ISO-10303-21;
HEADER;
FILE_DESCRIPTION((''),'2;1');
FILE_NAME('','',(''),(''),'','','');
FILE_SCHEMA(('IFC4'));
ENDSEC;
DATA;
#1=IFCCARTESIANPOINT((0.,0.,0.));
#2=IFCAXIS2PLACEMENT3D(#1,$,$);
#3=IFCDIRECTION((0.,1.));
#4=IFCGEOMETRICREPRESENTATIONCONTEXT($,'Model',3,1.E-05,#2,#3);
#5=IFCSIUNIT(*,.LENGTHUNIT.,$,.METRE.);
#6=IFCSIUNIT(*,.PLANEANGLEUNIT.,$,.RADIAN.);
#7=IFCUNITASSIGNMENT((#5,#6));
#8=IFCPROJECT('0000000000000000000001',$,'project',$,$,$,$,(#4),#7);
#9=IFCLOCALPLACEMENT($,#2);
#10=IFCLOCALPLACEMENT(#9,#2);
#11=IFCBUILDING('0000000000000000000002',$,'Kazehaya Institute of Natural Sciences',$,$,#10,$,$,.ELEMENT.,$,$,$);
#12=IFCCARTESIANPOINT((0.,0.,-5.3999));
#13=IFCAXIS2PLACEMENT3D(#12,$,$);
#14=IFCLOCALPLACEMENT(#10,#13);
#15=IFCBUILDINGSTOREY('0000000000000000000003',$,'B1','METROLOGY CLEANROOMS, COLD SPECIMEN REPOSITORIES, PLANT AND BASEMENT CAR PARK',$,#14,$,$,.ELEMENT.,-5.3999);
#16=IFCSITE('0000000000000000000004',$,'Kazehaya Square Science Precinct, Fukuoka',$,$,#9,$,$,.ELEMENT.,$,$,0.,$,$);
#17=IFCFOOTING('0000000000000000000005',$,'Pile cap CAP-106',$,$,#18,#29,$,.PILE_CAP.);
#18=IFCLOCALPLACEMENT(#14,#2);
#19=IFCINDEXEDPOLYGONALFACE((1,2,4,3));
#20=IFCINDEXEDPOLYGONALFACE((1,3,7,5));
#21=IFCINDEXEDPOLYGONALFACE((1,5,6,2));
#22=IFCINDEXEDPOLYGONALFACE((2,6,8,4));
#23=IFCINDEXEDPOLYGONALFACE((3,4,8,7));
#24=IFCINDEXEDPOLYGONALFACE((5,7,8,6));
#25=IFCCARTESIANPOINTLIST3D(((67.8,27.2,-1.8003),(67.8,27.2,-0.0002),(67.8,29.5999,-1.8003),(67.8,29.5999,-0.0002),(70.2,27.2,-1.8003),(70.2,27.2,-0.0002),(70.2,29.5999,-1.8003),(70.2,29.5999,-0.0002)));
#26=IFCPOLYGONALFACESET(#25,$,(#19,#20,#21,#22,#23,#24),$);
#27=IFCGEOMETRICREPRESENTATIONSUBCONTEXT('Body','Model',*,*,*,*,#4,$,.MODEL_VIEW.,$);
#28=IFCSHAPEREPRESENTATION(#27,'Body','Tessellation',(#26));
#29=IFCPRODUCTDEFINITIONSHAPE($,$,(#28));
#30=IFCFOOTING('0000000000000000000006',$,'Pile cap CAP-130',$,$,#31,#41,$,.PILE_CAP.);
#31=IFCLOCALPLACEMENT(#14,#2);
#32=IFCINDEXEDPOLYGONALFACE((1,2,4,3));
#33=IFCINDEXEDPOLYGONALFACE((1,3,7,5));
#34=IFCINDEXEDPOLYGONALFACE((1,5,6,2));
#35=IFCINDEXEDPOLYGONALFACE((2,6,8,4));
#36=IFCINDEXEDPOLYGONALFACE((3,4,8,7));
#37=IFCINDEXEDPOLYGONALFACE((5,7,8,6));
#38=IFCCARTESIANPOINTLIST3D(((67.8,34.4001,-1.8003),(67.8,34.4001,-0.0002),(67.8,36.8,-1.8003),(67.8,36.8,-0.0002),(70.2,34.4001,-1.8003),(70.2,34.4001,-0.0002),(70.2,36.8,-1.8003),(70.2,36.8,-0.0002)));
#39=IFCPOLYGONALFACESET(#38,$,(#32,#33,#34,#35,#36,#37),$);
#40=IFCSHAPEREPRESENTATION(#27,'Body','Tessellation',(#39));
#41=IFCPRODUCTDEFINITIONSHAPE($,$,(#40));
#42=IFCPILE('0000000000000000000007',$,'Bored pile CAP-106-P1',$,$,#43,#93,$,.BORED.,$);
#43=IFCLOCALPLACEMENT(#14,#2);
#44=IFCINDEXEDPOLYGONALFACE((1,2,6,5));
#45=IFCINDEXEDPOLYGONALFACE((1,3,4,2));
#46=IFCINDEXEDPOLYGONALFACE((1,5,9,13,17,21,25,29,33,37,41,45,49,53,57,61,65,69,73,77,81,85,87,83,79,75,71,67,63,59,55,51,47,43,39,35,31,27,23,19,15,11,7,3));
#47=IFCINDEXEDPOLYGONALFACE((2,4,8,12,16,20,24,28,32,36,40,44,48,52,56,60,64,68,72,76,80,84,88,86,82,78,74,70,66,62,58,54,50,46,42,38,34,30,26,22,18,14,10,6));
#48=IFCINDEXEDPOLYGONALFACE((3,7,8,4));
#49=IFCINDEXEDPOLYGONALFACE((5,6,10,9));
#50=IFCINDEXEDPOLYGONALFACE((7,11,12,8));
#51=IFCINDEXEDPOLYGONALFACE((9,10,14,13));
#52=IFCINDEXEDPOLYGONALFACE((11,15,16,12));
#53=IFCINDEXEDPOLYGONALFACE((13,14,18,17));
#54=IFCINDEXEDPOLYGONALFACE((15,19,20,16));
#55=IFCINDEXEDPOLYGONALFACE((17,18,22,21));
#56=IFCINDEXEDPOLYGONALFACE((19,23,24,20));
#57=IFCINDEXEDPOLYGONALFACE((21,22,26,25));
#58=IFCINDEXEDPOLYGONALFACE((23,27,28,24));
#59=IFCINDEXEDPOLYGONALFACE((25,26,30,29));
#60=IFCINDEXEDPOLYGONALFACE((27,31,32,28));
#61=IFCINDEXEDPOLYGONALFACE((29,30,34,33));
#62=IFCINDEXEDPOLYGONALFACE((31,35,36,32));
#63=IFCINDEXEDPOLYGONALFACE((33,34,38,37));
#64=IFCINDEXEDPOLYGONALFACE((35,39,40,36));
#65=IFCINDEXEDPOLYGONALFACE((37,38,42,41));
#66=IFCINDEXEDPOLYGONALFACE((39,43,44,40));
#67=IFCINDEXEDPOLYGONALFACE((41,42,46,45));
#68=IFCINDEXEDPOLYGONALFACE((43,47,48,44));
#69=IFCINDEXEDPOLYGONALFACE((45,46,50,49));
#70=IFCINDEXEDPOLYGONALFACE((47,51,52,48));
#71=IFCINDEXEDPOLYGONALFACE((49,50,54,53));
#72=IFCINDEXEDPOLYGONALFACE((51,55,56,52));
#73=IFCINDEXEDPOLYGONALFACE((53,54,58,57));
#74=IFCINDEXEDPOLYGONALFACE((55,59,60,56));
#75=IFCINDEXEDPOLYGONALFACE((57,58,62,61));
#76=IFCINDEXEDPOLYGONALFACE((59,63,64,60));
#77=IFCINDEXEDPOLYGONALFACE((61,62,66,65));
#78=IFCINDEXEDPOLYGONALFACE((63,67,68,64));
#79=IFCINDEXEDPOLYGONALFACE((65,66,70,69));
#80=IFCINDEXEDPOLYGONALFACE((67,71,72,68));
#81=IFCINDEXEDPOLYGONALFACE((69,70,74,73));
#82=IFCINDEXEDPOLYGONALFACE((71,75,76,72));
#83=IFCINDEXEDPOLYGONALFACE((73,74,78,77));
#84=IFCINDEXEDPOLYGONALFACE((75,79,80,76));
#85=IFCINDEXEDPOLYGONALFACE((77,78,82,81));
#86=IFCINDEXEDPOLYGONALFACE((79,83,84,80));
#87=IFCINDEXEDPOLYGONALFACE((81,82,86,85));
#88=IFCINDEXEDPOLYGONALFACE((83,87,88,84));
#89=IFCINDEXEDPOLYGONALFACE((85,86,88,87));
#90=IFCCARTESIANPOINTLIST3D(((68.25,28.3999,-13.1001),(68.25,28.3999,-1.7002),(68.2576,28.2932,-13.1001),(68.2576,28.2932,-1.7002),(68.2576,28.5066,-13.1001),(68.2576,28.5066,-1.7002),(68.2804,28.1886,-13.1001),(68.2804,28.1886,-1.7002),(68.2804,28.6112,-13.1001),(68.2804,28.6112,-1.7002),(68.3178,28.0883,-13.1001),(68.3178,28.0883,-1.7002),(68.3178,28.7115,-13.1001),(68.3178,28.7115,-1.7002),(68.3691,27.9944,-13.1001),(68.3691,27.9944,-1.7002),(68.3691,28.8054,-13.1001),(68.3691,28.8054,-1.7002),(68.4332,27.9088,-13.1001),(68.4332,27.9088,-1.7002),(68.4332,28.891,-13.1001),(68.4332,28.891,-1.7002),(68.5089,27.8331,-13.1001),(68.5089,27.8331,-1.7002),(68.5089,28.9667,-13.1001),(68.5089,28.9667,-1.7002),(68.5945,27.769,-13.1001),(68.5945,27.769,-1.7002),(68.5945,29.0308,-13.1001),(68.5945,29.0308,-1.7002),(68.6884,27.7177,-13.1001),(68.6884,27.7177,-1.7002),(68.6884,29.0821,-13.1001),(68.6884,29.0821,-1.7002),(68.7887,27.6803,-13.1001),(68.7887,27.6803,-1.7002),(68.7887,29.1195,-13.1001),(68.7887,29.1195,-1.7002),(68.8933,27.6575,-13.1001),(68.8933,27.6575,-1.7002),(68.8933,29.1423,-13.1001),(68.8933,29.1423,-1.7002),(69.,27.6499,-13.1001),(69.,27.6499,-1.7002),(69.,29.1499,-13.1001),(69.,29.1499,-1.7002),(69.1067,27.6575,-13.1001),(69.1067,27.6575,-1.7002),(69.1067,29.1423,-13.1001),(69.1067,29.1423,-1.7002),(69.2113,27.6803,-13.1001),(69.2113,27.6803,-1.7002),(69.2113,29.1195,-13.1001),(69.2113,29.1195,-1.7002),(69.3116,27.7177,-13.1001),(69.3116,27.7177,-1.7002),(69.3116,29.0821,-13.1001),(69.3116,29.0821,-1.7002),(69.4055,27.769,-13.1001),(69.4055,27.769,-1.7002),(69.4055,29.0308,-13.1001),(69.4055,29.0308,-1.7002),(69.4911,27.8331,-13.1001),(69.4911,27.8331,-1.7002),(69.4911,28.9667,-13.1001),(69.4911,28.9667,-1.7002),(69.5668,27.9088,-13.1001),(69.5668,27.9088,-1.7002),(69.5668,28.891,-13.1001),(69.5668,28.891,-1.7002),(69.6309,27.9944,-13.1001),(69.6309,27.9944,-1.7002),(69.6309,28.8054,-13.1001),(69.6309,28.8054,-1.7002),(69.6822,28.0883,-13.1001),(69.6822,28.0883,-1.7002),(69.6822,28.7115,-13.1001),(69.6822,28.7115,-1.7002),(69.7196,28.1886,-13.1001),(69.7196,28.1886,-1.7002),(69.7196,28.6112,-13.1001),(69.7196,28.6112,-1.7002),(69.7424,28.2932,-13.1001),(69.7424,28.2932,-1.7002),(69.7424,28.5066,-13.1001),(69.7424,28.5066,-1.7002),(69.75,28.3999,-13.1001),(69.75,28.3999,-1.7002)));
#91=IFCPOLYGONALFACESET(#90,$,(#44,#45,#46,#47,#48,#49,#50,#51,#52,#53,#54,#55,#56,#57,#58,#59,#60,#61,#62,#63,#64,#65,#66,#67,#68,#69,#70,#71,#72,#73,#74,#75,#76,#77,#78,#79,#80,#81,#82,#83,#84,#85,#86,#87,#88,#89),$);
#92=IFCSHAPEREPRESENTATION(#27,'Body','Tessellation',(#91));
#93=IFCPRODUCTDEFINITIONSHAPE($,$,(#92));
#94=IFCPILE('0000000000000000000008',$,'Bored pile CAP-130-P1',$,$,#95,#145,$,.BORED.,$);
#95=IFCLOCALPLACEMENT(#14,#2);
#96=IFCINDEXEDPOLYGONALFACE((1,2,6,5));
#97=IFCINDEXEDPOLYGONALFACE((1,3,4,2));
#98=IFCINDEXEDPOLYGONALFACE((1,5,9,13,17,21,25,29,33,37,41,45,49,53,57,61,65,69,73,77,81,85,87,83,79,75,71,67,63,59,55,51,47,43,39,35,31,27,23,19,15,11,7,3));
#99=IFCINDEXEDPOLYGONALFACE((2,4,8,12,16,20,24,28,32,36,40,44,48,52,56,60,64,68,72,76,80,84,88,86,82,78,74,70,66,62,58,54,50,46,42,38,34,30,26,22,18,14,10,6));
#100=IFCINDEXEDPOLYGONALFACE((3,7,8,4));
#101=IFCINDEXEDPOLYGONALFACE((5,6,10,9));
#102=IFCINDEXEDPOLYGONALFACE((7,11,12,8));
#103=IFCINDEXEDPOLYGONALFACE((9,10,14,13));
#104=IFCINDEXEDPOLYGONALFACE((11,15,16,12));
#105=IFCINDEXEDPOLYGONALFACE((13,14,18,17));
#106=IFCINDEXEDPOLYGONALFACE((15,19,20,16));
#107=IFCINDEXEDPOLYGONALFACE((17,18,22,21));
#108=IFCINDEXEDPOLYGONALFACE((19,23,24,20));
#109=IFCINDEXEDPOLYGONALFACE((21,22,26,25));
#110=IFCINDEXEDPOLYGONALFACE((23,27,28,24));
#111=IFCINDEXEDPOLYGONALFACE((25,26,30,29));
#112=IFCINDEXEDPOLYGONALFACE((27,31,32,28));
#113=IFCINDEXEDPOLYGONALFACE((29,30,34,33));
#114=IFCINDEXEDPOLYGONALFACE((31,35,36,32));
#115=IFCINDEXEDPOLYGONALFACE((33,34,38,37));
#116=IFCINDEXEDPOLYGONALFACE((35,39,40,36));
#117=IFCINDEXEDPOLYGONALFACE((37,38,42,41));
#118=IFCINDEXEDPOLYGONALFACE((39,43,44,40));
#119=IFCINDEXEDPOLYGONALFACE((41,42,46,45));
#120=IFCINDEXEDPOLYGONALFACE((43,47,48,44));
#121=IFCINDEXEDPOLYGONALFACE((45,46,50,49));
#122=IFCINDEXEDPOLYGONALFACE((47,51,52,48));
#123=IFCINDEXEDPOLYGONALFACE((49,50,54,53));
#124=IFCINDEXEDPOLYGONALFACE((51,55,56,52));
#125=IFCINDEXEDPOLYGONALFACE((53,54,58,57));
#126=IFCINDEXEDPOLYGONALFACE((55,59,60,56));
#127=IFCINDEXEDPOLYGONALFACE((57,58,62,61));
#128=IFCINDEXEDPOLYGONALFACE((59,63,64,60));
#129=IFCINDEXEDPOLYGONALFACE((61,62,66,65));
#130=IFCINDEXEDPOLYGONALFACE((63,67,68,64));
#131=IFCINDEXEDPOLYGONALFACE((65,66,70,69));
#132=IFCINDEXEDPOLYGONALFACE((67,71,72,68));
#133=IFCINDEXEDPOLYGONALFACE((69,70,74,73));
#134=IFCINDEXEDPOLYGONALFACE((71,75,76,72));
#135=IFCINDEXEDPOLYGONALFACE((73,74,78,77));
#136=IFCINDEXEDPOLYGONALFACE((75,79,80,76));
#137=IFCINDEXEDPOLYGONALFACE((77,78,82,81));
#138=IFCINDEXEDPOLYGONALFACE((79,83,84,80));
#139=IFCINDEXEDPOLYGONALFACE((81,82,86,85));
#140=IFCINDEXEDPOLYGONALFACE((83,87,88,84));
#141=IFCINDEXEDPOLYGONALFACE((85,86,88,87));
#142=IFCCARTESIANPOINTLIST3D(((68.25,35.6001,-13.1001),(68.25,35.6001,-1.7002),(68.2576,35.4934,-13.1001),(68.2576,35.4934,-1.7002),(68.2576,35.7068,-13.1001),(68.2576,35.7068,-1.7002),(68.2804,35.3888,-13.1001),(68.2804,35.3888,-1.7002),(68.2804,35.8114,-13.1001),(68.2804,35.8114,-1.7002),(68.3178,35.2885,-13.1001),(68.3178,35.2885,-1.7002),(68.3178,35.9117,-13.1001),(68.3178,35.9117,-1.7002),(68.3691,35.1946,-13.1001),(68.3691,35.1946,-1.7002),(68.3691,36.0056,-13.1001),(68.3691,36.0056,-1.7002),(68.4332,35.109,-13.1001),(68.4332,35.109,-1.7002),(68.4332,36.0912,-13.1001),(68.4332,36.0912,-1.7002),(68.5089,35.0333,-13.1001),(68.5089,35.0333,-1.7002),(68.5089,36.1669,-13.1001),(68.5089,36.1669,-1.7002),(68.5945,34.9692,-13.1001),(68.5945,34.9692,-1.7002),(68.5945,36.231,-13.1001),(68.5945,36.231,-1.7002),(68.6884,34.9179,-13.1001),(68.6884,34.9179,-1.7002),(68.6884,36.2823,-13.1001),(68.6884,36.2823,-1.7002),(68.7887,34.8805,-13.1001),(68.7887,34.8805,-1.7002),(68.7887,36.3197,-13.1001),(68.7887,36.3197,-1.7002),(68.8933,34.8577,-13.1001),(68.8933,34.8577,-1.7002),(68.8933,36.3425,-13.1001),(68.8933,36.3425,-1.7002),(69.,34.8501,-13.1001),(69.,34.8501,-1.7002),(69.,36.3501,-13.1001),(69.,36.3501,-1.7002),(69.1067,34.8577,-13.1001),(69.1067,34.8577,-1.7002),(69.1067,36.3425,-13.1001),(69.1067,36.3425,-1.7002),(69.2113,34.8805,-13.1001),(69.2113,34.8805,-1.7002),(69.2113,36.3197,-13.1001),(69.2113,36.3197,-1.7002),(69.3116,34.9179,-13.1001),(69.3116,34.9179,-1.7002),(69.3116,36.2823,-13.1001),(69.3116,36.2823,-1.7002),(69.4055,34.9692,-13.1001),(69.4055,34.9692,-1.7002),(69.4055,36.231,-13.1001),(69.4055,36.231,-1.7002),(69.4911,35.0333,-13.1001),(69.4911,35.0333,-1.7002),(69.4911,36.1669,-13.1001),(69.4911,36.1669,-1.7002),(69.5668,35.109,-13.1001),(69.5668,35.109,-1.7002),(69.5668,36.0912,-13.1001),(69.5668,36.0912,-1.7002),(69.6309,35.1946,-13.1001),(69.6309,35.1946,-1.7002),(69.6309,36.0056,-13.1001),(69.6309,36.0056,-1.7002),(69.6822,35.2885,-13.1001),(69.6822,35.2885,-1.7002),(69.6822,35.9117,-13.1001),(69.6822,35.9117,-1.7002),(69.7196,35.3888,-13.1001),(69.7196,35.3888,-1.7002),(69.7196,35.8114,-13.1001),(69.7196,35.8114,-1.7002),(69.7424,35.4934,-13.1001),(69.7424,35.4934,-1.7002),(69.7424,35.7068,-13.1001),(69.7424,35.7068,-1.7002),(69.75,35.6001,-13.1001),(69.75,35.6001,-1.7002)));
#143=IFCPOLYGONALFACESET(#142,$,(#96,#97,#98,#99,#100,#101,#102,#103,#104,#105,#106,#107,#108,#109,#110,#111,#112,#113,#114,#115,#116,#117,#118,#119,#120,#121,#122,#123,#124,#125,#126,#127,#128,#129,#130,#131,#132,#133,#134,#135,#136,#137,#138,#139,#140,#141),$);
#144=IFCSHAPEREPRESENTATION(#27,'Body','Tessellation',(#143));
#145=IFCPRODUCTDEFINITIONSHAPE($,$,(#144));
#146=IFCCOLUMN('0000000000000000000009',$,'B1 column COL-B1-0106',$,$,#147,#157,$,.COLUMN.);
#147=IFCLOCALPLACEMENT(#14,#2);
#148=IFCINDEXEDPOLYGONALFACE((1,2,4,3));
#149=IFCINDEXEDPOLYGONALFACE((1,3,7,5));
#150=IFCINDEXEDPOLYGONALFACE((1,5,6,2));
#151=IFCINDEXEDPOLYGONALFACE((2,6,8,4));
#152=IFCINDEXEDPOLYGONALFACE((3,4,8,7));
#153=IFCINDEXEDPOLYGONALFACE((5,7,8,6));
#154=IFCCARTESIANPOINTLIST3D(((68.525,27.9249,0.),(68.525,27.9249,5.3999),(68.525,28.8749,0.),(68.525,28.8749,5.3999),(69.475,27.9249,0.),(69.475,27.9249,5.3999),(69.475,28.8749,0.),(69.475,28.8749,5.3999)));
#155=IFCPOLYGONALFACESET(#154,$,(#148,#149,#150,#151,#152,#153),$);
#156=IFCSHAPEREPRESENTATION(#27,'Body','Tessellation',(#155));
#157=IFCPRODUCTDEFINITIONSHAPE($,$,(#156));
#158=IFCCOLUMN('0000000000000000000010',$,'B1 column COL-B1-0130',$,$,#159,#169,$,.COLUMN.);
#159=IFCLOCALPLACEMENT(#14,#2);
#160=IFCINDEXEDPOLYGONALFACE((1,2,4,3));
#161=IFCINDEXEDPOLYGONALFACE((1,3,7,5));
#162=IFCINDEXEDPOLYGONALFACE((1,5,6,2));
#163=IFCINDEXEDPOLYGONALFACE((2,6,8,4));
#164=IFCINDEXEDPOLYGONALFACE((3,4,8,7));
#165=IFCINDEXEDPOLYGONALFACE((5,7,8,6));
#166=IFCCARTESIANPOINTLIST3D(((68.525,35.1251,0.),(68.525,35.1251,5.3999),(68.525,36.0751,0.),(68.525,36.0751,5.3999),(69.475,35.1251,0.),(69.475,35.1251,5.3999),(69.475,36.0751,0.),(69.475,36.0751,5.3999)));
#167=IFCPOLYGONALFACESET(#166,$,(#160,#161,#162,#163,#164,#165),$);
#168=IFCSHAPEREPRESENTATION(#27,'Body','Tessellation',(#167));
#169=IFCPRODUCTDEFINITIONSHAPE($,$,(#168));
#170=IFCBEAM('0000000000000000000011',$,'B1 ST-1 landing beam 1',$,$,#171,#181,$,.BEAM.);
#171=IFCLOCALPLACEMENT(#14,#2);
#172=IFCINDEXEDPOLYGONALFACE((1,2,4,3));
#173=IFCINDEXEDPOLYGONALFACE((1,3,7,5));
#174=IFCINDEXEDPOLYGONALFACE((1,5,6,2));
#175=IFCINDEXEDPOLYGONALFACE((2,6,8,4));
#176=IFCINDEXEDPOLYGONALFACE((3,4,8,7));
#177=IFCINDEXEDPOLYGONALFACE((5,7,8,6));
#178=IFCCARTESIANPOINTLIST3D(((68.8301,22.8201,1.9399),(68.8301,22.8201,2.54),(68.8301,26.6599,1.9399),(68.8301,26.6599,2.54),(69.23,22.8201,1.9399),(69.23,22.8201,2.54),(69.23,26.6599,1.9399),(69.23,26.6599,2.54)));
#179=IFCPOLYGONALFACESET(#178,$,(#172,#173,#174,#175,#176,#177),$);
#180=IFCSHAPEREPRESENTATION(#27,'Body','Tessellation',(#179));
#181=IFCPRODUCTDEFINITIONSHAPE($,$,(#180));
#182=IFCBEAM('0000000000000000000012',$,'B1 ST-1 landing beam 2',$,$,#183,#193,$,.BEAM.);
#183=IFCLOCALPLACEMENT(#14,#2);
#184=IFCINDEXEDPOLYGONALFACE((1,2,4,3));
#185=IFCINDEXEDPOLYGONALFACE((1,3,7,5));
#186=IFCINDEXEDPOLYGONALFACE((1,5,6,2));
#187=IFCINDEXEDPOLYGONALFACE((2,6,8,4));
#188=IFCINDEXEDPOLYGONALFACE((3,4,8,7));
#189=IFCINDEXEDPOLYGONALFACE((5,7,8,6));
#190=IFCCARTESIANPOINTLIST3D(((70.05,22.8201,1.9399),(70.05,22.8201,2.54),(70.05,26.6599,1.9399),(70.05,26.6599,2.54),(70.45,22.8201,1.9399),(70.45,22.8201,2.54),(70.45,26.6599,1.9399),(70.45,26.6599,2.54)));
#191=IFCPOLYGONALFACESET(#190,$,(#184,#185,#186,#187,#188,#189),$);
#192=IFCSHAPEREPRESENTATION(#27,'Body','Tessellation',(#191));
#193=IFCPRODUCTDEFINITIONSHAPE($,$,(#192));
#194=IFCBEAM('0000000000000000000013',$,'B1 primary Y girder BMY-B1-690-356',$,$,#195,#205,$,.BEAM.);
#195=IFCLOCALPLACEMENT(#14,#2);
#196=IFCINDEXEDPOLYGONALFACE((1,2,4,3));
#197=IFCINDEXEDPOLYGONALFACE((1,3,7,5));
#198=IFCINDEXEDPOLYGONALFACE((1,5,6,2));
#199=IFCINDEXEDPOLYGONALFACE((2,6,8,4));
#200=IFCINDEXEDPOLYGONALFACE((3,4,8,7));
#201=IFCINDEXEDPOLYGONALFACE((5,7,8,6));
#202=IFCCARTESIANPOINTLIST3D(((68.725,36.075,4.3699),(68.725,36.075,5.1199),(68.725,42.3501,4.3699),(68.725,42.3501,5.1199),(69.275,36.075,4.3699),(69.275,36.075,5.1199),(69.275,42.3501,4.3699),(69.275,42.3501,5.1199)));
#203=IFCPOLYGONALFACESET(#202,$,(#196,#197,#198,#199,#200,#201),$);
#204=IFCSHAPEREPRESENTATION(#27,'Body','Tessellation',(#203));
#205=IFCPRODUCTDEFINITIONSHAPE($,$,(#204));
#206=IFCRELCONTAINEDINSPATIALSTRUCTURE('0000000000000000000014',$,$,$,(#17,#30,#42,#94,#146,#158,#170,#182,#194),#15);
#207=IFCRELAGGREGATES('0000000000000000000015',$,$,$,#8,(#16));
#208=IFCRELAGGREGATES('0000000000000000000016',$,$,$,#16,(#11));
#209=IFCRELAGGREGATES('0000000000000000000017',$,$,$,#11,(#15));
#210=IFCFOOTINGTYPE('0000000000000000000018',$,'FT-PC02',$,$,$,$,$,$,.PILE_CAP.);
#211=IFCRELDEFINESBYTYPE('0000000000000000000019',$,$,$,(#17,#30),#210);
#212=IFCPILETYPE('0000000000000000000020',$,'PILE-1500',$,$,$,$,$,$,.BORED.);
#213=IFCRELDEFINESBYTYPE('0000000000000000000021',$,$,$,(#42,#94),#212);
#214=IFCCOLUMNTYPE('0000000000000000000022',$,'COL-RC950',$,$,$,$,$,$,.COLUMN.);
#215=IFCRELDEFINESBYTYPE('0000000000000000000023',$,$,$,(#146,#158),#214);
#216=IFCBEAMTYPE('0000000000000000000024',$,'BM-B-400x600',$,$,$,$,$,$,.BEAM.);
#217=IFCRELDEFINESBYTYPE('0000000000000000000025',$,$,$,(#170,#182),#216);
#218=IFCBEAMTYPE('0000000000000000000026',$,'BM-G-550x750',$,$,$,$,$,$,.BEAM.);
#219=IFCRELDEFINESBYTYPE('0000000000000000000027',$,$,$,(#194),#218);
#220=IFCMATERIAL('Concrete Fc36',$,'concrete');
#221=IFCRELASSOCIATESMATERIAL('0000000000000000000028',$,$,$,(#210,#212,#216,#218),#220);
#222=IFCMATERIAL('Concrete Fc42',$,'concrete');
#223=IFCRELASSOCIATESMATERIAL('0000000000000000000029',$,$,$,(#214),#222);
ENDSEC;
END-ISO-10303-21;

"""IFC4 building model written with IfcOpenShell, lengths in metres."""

from ifc_helpers import new_model, si_unit, direction, frame, origin, origin_2d, place, context, subcontext, project, spatial, rectangle, circle, extrude, material, material_profile, profile_set, type_object, element, save


model = new_model("IFC4")

# Units and contexts
model_context = context("Model", 3, precision=1e-05, world=origin(), true_north=direction((0.0, 1.0)))
body_context = subcontext(model_context, "Body", "Model", "MODEL_VIEW")
ifc_project = project(units=[si_unit("LENGTHUNIT", "METRE"), si_unit("PLANEANGLEUNIT", "RADIAN")], contexts=[model_context])

# Site, building, storey
site_placement = place(None, origin())
site = spatial("IfcSite", under=ifc_project, at=site_placement, Name="Kazehaya Square Science Precinct, Fukuoka", CompositionType="ELEMENT", RefElevation=0.0)
building_placement = place(site_placement, origin())
building = spatial("IfcBuilding", under=site, at=building_placement, Name="Kazehaya Institute of Natural Sciences", CompositionType="ELEMENT")
storey_placement = place(building_placement, frame((0.0, 0.0, -5.3999)))
storey = spatial("IfcBuildingStorey", under=building, at=storey_placement, Name="B1", Description="METROLOGY CLEANROOMS, COLD SPECIMEN REPOSITORIES, PLANT AND BASEMENT CAR PARK", CompositionType="ELEMENT", Elevation=-5.3999)

# Footings
ifc_material_1 = material(Name="Concrete Fc36", Category="concrete")
footing_type = type_object("IfcFootingType", Name="FT-PC02", PredefinedType="PILE_CAP", material=ifc_material_1)
for number, where, z_axis, x_axis, name in (
    (1, (69.0, 28.3999, -1.8003), (0.0, 0.0, 1.0), (1.0, 0.0, 0.0), "Pile cap CAP-106"),
    (2, (69.0, 35.6001, -1.8003), (0.0, 0.0, 1.0), (1.0, 0.0, 0.0), "Pile cap CAP-130"),
):
    element("IfcFooting", number, at=place(storey_placement, frame(where, z_axis=z_axis, x_axis=x_axis)), inside=storey, type_object=footing_type, Name=name, PredefinedType="PILE_CAP", context=body_context, shape_type="SweptSolid", body=[
        extrude(rectangle(XDim=2.3999, YDim=2.3999, at=origin_2d()), origin(), (0.0, 0.0, 1.0), 1.8),
    ])

# Piles
ifc_material_profile_1 = material_profile(ifc_material_1, circle(Radius=0.75, at=origin_2d()), Name="PILE-1500")
ifc_profile_set_1 = profile_set([ifc_material_profile_1], Name="Concrete Fc36")
pile_type = type_object("IfcPileType", Name="PILE-1500", PredefinedType="BORED", material=ifc_profile_set_1)
for number, where, z_axis, x_axis, name in (
    (3, (69.0, 28.3999, -1.7002), (0.0, 0.0, -1.0), (1.0, 0.0, 0.0), "Bored pile CAP-106-P1"),
    (4, (69.0, 35.6001, -1.7002), (0.0, 0.0, -1.0), (1.0, 0.0, 0.0), "Bored pile CAP-130-P1"),
):
    element("IfcPile", number, at=place(storey_placement, frame(where, z_axis=z_axis, x_axis=x_axis)), inside=storey, type_object=pile_type, Name=name, PredefinedType="BORED", context=body_context, shape_type="SweptSolid", body=[
        extrude(circle(Radius=0.75, at=origin_2d()), origin(), (0.0, 0.0, 1.0), 11.3999),
    ])

# Columns
ifc_material_2 = material(Name="Concrete Fc42", Category="concrete")
ifc_material_profile_2 = material_profile(ifc_material_2, rectangle(XDim=0.95, YDim=0.95, at=origin_2d()), Name="RC-950x950")
ifc_profile_set_2 = profile_set([ifc_material_profile_2], Name="Concrete Fc42")
column_type = type_object("IfcColumnType", Name="COL-RC950", PredefinedType="COLUMN", material=ifc_profile_set_2)
for number, where, z_axis, x_axis, name in (
    (5, (69.0, 28.3999, 0.0), (0.0, 0.0, 1.0), (1.0, 0.0, 0.0), "B1 column COL-B1-0106"),
    (6, (69.0, 35.6001, 0.0), (0.0, 0.0, 1.0), (1.0, 0.0, 0.0), "B1 column COL-B1-0130"),
):
    element("IfcColumn", number, at=place(storey_placement, frame(where, z_axis=z_axis, x_axis=x_axis)), inside=storey, type_object=column_type, Name=name, PredefinedType="COLUMN", context=body_context, shape_type="SweptSolid", body=[
        extrude(rectangle(XDim=0.95, YDim=0.95, at=origin_2d()), origin(), (0.0, 0.0, 1.0), 5.3999),
    ])

# Beams
ifc_material_profile_3 = material_profile(ifc_material_1, rectangle(XDim=0.3999, YDim=0.6001, at=origin_2d()), Name="RC-400x600")
ifc_profile_set_3 = profile_set([ifc_material_profile_3], Name="Concrete Fc36")
beam_type_1 = type_object("IfcBeamType", Name="BM-B-400x600", PredefinedType="BEAM", material=ifc_profile_set_3)
for number, where, z_axis, x_axis, name in (
    (7, (69.03, 22.8201, 2.24), (0.0, 1.0, 0.0), (-1.0, 0.0, 0.0), "B1 ST-1 landing beam 1"),
    (8, (70.25, 22.8201, 2.24), (0.0, 1.0, 0.0), (-1.0, 0.0, 0.0), "B1 ST-1 landing beam 2"),
):
    element("IfcBeam", number, at=place(storey_placement, frame(where, z_axis=z_axis, x_axis=x_axis)), inside=storey, type_object=beam_type_1, Name=name, PredefinedType="BEAM", context=body_context, shape_type="SweptSolid", body=[
        extrude(rectangle(XDim=0.3999, YDim=0.6001, at=origin_2d()), origin(), (0.0, 0.0, 1.0), 3.8398),
    ])
ifc_material_profile_4 = material_profile(ifc_material_1, rectangle(XDim=0.55, YDim=0.75, at=origin_2d()), Name="RC-550x750")
ifc_profile_set_4 = profile_set([ifc_material_profile_4], Name="Concrete Fc36")
beam_type_2 = type_object("IfcBeamType", Name="BM-G-550x750", PredefinedType="BEAM", material=ifc_profile_set_4)
beam_1_placement = place(storey_placement, frame((69.0, 36.075, 4.7449), z_axis=(0.0, 1.0, 0.0), x_axis=(-1.0, 0.0, 0.0)))
element("IfcBeam", 9, at=beam_1_placement, inside=storey, type_object=beam_type_2, Name="B1 primary Y girder BMY-B1-690-356", PredefinedType="BEAM", context=body_context, shape_type="SweptSolid", body=[
    extrude(rectangle(XDim=0.55, YDim=0.75, at=origin_2d()), origin(), (0.0, 0.0, 1.0), 6.2751),
])

save(model, "model.ifc")
